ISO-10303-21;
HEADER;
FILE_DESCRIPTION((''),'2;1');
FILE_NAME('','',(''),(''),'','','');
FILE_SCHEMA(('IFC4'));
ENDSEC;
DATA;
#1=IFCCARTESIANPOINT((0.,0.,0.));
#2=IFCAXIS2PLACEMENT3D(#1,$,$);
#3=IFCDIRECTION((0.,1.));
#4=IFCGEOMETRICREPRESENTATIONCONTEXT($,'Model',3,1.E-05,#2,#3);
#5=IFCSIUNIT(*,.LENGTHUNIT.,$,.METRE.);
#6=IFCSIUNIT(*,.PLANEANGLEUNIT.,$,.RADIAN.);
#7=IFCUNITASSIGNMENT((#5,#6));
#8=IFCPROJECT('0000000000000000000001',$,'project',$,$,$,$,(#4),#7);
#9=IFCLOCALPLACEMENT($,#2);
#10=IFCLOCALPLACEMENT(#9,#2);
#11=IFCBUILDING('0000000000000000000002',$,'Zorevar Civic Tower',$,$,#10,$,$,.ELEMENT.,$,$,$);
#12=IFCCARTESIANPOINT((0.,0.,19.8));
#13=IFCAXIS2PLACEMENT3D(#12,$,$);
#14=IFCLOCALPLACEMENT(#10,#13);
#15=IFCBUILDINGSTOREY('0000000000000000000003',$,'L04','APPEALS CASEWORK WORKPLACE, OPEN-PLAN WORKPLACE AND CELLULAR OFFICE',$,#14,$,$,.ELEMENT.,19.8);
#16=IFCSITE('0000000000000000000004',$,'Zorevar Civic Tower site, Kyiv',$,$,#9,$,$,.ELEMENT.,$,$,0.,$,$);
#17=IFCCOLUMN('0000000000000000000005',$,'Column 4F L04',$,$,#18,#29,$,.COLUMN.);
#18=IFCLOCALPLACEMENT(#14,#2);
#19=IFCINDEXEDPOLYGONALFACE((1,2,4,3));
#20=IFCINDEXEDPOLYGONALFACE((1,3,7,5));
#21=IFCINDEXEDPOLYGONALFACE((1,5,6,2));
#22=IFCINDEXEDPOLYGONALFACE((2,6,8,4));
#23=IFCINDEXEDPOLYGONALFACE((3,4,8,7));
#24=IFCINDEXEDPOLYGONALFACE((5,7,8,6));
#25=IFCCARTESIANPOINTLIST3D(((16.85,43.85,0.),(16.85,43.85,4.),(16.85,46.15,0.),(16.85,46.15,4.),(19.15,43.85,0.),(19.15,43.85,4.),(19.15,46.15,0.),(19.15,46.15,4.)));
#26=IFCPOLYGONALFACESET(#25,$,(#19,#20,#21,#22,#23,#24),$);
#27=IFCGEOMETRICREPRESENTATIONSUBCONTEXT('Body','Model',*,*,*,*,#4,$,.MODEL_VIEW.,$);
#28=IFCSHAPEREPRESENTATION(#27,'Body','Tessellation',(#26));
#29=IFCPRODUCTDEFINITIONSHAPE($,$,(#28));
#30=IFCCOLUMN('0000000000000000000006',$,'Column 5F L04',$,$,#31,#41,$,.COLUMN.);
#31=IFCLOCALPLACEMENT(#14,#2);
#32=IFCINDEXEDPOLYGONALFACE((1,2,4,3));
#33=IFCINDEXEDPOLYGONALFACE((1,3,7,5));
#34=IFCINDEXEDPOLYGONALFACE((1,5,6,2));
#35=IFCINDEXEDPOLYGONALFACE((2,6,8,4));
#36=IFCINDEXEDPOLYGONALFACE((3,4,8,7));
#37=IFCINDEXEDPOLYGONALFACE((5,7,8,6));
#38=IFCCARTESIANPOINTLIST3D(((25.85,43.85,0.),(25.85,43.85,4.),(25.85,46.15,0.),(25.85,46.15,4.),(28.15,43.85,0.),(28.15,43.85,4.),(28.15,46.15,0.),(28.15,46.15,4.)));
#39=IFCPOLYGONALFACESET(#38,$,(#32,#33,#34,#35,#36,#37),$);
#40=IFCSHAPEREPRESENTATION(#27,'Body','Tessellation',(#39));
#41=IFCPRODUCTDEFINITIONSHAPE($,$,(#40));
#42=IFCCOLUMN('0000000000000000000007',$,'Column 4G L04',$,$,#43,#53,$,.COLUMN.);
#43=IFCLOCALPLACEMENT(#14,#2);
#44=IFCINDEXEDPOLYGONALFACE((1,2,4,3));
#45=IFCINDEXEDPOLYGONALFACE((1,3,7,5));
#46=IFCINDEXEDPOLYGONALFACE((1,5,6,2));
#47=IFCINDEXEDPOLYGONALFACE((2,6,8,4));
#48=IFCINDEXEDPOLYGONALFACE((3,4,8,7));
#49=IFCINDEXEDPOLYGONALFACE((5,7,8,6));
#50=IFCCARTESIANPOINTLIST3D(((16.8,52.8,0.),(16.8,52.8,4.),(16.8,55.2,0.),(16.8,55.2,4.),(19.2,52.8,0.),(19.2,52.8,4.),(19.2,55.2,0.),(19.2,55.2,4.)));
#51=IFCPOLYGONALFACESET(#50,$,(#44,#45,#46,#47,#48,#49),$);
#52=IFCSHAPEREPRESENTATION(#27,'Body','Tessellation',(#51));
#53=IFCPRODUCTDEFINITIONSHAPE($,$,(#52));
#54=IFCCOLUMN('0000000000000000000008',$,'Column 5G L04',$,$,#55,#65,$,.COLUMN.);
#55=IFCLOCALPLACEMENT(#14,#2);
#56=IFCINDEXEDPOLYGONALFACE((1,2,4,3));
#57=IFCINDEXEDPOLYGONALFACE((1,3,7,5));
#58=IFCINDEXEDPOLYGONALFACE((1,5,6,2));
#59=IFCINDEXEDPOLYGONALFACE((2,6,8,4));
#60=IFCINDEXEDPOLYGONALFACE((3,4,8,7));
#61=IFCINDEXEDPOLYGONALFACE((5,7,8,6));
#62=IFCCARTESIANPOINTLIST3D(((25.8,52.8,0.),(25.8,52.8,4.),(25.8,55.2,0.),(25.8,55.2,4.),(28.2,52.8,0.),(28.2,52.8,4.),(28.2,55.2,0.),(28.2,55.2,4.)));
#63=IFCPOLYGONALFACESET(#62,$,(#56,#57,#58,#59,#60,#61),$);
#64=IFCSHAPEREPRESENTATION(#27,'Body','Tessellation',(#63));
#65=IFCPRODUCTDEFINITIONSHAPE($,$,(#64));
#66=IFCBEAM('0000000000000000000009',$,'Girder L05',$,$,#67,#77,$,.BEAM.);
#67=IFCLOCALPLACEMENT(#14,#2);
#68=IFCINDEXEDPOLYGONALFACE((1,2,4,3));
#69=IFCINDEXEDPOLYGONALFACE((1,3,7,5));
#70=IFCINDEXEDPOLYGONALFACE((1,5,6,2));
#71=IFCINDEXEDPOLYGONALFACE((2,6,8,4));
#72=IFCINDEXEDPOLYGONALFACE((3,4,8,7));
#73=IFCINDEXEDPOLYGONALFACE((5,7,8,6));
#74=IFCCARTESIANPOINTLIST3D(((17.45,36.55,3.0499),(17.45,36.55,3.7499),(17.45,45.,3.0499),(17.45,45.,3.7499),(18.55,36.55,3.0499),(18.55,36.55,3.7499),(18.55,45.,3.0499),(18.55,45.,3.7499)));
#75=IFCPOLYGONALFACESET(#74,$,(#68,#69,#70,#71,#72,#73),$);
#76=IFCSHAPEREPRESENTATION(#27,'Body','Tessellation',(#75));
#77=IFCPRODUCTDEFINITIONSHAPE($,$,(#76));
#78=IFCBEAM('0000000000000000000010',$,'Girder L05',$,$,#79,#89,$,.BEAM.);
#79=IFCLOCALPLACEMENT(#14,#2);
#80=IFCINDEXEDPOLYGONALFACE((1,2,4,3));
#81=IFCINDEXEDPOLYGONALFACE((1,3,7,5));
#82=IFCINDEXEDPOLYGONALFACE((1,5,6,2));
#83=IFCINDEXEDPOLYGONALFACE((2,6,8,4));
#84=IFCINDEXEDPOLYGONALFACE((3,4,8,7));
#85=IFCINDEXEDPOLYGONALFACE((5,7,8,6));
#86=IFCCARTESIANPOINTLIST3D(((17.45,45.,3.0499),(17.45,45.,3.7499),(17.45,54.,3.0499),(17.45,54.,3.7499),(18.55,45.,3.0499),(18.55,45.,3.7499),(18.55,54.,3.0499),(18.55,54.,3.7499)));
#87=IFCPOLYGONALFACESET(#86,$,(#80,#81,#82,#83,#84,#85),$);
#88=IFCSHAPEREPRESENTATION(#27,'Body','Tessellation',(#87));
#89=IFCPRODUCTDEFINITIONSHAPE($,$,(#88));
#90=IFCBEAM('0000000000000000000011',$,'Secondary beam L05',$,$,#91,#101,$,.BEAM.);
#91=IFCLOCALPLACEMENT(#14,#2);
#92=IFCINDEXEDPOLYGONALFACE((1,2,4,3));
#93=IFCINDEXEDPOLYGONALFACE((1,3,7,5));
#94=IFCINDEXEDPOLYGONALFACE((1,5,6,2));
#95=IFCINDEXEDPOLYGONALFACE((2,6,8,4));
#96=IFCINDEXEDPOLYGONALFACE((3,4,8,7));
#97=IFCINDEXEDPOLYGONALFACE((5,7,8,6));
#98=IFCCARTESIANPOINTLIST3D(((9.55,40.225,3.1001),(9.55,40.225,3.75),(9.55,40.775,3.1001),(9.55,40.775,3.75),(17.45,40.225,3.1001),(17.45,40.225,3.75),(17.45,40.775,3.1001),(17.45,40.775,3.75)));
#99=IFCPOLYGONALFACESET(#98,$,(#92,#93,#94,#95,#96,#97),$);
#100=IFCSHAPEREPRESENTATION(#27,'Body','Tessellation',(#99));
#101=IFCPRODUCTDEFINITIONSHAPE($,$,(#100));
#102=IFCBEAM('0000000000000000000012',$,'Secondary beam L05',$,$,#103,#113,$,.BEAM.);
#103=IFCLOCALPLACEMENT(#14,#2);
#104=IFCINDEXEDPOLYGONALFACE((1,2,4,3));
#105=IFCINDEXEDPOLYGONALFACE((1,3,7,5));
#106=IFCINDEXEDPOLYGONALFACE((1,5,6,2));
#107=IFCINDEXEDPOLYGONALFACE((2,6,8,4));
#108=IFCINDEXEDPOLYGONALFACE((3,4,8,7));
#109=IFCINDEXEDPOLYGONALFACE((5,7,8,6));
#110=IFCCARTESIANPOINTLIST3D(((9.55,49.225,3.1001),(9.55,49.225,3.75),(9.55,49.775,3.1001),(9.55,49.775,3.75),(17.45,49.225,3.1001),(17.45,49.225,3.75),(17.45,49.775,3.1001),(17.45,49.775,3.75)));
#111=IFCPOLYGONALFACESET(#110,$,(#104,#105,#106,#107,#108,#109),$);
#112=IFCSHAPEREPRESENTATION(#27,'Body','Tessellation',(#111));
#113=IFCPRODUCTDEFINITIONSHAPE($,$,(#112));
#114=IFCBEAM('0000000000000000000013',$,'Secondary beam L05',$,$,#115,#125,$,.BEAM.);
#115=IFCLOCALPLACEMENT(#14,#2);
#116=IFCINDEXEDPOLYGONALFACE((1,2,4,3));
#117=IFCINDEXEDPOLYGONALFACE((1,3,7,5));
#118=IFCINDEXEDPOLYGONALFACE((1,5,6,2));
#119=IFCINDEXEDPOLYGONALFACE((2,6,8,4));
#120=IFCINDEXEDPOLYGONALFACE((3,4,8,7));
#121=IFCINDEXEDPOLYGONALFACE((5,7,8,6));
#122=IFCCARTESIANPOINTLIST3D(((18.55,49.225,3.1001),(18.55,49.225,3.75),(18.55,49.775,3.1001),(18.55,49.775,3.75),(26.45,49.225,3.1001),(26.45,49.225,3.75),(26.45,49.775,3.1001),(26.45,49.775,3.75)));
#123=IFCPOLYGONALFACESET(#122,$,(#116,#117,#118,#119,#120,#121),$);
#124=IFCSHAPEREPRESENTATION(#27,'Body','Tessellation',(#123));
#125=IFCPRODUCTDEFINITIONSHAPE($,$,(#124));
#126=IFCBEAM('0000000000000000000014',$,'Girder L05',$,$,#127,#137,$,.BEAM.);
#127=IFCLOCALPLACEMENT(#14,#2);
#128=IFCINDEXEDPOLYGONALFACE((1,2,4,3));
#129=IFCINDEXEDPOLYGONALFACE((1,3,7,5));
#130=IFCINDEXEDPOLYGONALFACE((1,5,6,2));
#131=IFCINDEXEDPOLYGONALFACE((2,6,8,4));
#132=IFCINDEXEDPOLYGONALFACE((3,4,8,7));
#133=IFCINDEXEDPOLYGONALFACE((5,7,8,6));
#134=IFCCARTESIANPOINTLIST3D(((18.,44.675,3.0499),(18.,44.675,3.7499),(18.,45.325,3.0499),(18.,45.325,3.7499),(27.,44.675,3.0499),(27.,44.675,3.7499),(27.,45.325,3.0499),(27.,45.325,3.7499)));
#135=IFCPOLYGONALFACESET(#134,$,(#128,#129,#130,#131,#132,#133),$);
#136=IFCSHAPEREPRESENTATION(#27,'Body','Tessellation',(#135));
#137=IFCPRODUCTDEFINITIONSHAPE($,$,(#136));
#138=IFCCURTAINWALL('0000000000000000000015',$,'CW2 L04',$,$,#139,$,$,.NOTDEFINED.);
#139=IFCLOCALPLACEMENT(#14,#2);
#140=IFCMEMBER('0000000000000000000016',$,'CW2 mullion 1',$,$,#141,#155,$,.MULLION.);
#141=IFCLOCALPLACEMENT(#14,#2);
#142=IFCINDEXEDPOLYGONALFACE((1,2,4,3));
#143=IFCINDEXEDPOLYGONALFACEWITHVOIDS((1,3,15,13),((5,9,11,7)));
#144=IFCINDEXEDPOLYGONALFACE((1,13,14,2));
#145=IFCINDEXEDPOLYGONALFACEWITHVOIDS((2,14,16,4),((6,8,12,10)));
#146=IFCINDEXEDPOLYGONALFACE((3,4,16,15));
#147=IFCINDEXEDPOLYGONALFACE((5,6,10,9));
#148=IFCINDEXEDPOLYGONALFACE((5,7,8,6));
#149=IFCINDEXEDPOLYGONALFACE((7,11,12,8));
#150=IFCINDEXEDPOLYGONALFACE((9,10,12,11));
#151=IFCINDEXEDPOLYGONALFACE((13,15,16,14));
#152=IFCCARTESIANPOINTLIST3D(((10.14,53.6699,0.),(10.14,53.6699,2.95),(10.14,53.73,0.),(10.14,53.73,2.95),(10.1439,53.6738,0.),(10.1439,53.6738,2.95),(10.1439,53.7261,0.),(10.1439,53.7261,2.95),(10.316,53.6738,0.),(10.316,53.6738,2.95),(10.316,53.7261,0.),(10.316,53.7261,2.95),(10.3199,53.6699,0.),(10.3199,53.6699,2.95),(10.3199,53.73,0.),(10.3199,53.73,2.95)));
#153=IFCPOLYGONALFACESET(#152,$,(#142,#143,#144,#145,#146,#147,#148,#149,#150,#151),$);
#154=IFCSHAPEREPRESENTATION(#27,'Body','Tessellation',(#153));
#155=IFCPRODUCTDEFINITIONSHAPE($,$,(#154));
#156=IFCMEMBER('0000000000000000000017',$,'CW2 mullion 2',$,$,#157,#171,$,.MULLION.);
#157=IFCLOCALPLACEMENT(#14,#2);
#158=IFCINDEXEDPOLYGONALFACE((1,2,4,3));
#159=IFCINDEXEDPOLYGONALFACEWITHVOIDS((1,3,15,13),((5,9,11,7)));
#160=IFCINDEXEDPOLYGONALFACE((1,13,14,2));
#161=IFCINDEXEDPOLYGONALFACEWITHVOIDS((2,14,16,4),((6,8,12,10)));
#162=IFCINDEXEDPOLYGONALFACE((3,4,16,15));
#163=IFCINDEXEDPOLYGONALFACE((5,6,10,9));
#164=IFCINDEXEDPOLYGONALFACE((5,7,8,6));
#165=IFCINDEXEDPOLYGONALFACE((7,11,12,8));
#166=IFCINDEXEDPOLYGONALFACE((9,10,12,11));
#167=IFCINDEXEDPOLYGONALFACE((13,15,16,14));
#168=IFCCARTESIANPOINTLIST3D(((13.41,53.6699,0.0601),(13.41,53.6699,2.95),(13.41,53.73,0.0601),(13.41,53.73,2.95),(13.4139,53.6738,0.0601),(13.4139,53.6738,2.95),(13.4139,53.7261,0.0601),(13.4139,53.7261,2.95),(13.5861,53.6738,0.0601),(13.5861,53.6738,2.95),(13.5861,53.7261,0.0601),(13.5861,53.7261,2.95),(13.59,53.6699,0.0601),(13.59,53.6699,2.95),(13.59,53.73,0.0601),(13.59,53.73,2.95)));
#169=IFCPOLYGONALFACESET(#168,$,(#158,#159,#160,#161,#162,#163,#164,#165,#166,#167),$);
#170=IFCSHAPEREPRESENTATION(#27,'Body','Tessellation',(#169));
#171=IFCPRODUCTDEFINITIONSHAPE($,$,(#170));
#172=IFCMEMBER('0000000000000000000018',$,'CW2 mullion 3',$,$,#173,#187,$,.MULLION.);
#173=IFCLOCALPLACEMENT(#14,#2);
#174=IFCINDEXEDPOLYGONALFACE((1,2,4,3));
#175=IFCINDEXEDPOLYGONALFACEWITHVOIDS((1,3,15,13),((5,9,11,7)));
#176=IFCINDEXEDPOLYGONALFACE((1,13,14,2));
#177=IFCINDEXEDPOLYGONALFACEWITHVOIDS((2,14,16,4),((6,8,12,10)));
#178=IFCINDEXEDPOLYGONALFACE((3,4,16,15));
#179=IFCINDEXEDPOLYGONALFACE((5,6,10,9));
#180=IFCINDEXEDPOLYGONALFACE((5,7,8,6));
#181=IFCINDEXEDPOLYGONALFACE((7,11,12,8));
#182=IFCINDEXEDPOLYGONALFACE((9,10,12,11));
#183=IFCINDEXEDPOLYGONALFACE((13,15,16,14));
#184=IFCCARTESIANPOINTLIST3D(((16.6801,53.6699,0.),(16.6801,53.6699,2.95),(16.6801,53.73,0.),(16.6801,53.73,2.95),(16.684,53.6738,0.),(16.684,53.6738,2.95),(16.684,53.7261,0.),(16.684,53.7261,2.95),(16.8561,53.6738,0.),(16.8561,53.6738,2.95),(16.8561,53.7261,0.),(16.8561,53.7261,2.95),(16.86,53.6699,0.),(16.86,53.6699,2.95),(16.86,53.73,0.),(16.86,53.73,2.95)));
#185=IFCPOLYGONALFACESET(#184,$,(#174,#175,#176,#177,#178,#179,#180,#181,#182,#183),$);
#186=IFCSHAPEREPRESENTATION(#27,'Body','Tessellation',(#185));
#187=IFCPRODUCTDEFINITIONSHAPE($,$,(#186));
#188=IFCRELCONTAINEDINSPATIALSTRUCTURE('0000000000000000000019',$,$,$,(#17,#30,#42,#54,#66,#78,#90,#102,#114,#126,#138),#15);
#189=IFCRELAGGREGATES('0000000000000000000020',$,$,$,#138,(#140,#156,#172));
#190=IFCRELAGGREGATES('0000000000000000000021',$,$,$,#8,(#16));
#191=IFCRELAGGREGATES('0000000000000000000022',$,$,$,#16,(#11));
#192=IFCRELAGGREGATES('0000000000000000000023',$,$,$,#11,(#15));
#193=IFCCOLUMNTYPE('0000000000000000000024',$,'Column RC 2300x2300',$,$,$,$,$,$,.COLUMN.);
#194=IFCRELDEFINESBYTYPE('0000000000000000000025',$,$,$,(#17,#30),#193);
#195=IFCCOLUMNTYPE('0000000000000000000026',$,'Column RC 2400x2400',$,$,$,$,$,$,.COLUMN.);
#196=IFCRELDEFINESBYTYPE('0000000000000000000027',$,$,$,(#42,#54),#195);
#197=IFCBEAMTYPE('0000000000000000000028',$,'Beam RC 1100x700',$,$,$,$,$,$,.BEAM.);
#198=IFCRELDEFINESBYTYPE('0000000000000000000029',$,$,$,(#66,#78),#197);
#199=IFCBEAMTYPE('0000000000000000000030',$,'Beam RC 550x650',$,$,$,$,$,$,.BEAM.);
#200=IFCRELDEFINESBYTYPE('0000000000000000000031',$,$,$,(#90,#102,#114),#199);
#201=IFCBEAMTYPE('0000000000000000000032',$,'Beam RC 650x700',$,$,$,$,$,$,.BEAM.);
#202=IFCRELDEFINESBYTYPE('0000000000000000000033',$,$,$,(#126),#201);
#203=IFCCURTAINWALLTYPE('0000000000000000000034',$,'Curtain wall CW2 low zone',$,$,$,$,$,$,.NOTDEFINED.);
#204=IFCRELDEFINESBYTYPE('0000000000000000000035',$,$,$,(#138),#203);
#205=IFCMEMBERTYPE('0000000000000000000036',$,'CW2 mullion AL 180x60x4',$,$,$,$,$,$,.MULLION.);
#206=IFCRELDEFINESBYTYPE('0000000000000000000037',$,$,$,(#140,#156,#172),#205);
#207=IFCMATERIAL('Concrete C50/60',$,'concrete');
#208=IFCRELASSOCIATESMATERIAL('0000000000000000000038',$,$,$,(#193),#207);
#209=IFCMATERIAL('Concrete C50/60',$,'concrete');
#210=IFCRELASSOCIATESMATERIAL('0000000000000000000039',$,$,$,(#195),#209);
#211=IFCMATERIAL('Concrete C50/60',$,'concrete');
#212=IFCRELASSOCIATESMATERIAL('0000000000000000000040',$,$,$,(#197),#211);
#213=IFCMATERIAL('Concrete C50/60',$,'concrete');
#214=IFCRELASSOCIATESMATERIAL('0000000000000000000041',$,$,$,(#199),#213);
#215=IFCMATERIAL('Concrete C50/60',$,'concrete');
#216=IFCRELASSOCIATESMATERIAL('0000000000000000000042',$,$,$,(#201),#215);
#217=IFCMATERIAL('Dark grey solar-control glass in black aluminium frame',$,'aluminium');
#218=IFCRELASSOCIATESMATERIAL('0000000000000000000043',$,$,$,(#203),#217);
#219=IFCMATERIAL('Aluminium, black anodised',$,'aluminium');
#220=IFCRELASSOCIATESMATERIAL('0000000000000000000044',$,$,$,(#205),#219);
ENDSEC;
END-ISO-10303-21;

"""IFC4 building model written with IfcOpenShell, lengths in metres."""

from ifc_helpers import new_model, si_unit, direction, frame, origin, origin_2d, place, context, subcontext, project, spatial, rectangle, hollow_rectangle, extrude, material, material_profile, profile_set, type_object, element, aggregate, save


model = new_model("IFC4")

# Units and contexts
model_context = context("Model", 3, precision=1e-05, world=origin(), true_north=direction((0.0, 1.0)))
body_context = subcontext(model_context, "Body", "Model", "MODEL_VIEW")
ifc_project = project(units=[si_unit("LENGTHUNIT", "METRE"), si_unit("PLANEANGLEUNIT", "RADIAN")], contexts=[model_context])

# Site, building, storey
site_placement = place(None, origin())
site = spatial("IfcSite", under=ifc_project, at=site_placement, Name="Zorevar Civic Tower site, Kyiv", CompositionType="ELEMENT", RefElevation=0.0)
building_placement = place(site_placement, origin())
building = spatial("IfcBuilding", under=site, at=building_placement, Name="Zorevar Civic Tower", CompositionType="ELEMENT")
storey_placement = place(building_placement, frame((0.0, 0.0, 19.8)))
storey = spatial("IfcBuildingStorey", under=building, at=storey_placement, Name="L04", Description="APPEALS CASEWORK WORKPLACE, OPEN-PLAN WORKPLACE AND CELLULAR OFFICE", CompositionType="ELEMENT", Elevation=19.8)

# Columns
ifc_material_1 = material(Name="Concrete C50/60", Category="concrete")
ifc_material_profile_1 = material_profile(ifc_material_1, rectangle(XDim=2.3, YDim=2.3, at=origin_2d()), Name="RC 2300x2300")
ifc_profile_set_1 = profile_set([ifc_material_profile_1], Name="Concrete C50/60")
column_type_1 = type_object("IfcColumnType", Name="Column RC 2300x2300", PredefinedType="COLUMN", material=ifc_profile_set_1)
for number, where, z_axis, x_axis, name in (
    (1, (18.0, 45.0, 0.0), (0.0, 0.0, 1.0), (1.0, 0.0, 0.0), "Column 4F L04"),
    (2, (27.0, 45.0, 0.0), (0.0, 0.0, 1.0), (1.0, 0.0, 0.0), "Column 5F L04"),
):
    element("IfcColumn", number, at=place(storey_placement, frame(where, z_axis=z_axis, x_axis=x_axis)), inside=storey, type_object=column_type_1, Name=name, PredefinedType="COLUMN", context=body_context, shape_type="SweptSolid", body=[
        extrude(rectangle(XDim=2.3, YDim=2.3, at=origin_2d()), origin(), (0.0, 0.0, 1.0), 4.0),
    ])
ifc_material_2 = material(Name="Concrete C50/60", Category="concrete")
ifc_material_profile_2 = material_profile(ifc_material_2, rectangle(XDim=2.3999, YDim=2.3999, at=origin_2d()), Name="RC 2400x2400")
ifc_profile_set_2 = profile_set([ifc_material_profile_2], Name="Concrete C50/60")
column_type_2 = type_object("IfcColumnType", Name="Column RC 2400x2400", PredefinedType="COLUMN", material=ifc_profile_set_2)
for number, where, z_axis, x_axis, name in (
    (3, (18.0, 54.0, 0.0), (0.0, 0.0, 1.0), (1.0, 0.0, 0.0), "Column 4G L04"),
    (4, (27.0, 54.0, 0.0), (0.0, 0.0, 1.0), (1.0, 0.0, 0.0), "Column 5G L04"),
):
    element("IfcColumn", number, at=place(storey_placement, frame(where, z_axis=z_axis, x_axis=x_axis)), inside=storey, type_object=column_type_2, Name=name, PredefinedType="COLUMN", context=body_context, shape_type="SweptSolid", body=[
        extrude(rectangle(XDim=2.3999, YDim=2.3999, at=origin_2d()), origin(), (0.0, 0.0, 1.0), 4.0),
    ])

# Beams
ifc_material_3 = material(Name="Concrete C50/60", Category="concrete")
ifc_material_profile_3 = material_profile(ifc_material_3, rectangle(XDim=1.1001, YDim=0.7, at=origin_2d()), Name="RC 1100x700")
ifc_profile_set_3 = profile_set([ifc_material_profile_3], Name="Concrete C50/60")
beam_type_1 = type_object("IfcBeamType", Name="Beam RC 1100x700", PredefinedType="BEAM", material=ifc_profile_set_3)
beam_1_placement = place(storey_placement, frame((18.0, 36.55, 3.3999), z_axis=(0.0, 1.0, 0.0), x_axis=(-1.0, 0.0, 0.0)))
element("IfcBeam", 5, at=beam_1_placement, inside=storey, type_object=beam_type_1, Name="Girder L05", PredefinedType="BEAM", context=body_context, shape_type="SweptSolid", body=[
    extrude(rectangle(XDim=1.1001, YDim=0.7, at=origin_2d()), origin(), (0.0, 0.0, 1.0), 8.45),
])
beam_2_placement = place(storey_placement, frame((18.0, 45.0, 3.3999), z_axis=(0.0, 1.0, 0.0), x_axis=(-1.0, 0.0, 0.0)))
element("IfcBeam", 6, at=beam_2_placement, inside=storey, type_object=beam_type_1, Name="Girder L05", PredefinedType="BEAM", context=body_context, shape_type="SweptSolid", body=[
    extrude(rectangle(XDim=1.1001, YDim=0.7, at=origin_2d()), origin(), (0.0, 0.0, 1.0), 9.0),
])
ifc_material_4 = material(Name="Concrete C50/60", Category="concrete")
ifc_material_profile_4 = material_profile(ifc_material_4, rectangle(XDim=0.55, YDim=0.6499, at=origin_2d()), Name="RC 550x650")
ifc_profile_set_4 = profile_set([ifc_material_profile_4], Name="Concrete C50/60")
beam_type_2 = type_object("IfcBeamType", Name="Beam RC 550x650", PredefinedType="BEAM", material=ifc_profile_set_4)
for number, where, z_axis, x_axis, name in (
    (7, (9.55, 40.5, 3.425), (1.0, 0.0, 0.0), (0.0, 1.0, 0.0), "Secondary beam L05"),
    (8, (9.55, 49.5, 3.425), (1.0, 0.0, 0.0), (0.0, 1.0, 0.0), "Secondary beam L05"),
    (9, (18.55, 49.5, 3.425), (1.0, 0.0, 0.0), (0.0, 1.0, 0.0), "Secondary beam L05"),
):
    element("IfcBeam", number, at=place(storey_placement, frame(where, z_axis=z_axis, x_axis=x_axis)), inside=storey, type_object=beam_type_2, Name=name, PredefinedType="BEAM", context=body_context, shape_type="SweptSolid", body=[
        extrude(rectangle(XDim=0.55, YDim=0.6499, at=origin_2d()), origin(), (0.0, 0.0, 1.0), 7.8999),
    ])
ifc_material_5 = material(Name="Concrete C50/60", Category="concrete")
ifc_material_profile_5 = material_profile(ifc_material_5, rectangle(XDim=0.6499, YDim=0.7, at=origin_2d()), Name="RC 650x700")
ifc_profile_set_5 = profile_set([ifc_material_profile_5], Name="Concrete C50/60")
beam_type_3 = type_object("IfcBeamType", Name="Beam RC 650x700", PredefinedType="BEAM", material=ifc_profile_set_5)
beam_3_placement = place(storey_placement, frame((18.0, 45.0, 3.3999), z_axis=(1.0, 0.0, 0.0), x_axis=(0.0, 1.0, 0.0)))
element("IfcBeam", 10, at=beam_3_placement, inside=storey, type_object=beam_type_3, Name="Girder L05", PredefinedType="BEAM", context=body_context, shape_type="SweptSolid", body=[
    extrude(rectangle(XDim=0.6499, YDim=0.7, at=origin_2d()), origin(), (0.0, 0.0, 1.0), 9.0),
])

# Curtain wall, members
ifc_material_6 = material(Name="Dark grey solar-control glass in black aluminium frame", Category="aluminium")
curtain_wall_type = type_object("IfcCurtainWallType", Name="Curtain wall CW2 low zone", PredefinedType="NOTDEFINED", material=ifc_material_6)
curtain_wall_1_placement = place(storey_placement, origin())
curtain_wall_1 = element("IfcCurtainWall", 11, at=curtain_wall_1_placement, inside=storey, type_object=curtain_wall_type, Name="CW2 L04", PredefinedType="NOTDEFINED")
ifc_material_7 = material(Name="Aluminium, black anodised", Category="aluminium")
ifc_material_profile_6 = material_profile(ifc_material_7, hollow_rectangle(XDim=0.0601, YDim=0.1799, WallThickness=0.0039, at=origin_2d()), Name="AL 180x60x4")
ifc_profile_set_6 = profile_set([ifc_material_profile_6], Name="Aluminium, black anodised")
member_type_1 = type_object("IfcMemberType", Name="CW2 mullion AL 180x60x4", PredefinedType="MULLION", material=ifc_profile_set_6)
member_1_placement = place(storey_placement, frame((10.23, 53.7, 0.0), z_axis=(0.0, 0.0, 1.0), x_axis=(0.0, 1.0, 0.0)))
member_1 = element("IfcMember", 12, at=member_1_placement, type_object=member_type_1, Name="CW2 mullion 1", PredefinedType="MULLION", context=body_context, shape_type="SweptSolid", body=[
    extrude(hollow_rectangle(XDim=0.0601, YDim=0.1799, WallThickness=0.0039, at=origin_2d()), origin(), (0.0, 0.0, 1.0), 2.95),
])
member_2_placement = place(storey_placement, frame((13.5, 53.7, 0.0601), z_axis=(0.0, 0.0, 1.0), x_axis=(0.0, 1.0, 0.0)))
member_2 = element("IfcMember", 13, at=member_2_placement, type_object=member_type_1, Name="CW2 mullion 2", PredefinedType="MULLION", context=body_context, shape_type="SweptSolid", body=[
    extrude(hollow_rectangle(XDim=0.0601, YDim=0.1799, WallThickness=0.0039, at=origin_2d()), origin(), (0.0, 0.0, 1.0), 2.8899),
])
member_3_placement = place(storey_placement, frame((16.77, 53.7, 0.0), z_axis=(0.0, 0.0, 1.0), x_axis=(0.0, 1.0, 0.0)))
member_3 = element("IfcMember", 14, at=member_3_placement, type_object=member_type_1, Name="CW2 mullion 3", PredefinedType="MULLION", context=body_context, shape_type="SweptSolid", body=[
    extrude(hollow_rectangle(XDim=0.0601, YDim=0.1799, WallThickness=0.0039, at=origin_2d()), origin(), (0.0, 0.0, 1.0), 2.95),
])

aggregate(curtain_wall_1, [member_1, member_2, member_3])

save(model, "model.ifc")
